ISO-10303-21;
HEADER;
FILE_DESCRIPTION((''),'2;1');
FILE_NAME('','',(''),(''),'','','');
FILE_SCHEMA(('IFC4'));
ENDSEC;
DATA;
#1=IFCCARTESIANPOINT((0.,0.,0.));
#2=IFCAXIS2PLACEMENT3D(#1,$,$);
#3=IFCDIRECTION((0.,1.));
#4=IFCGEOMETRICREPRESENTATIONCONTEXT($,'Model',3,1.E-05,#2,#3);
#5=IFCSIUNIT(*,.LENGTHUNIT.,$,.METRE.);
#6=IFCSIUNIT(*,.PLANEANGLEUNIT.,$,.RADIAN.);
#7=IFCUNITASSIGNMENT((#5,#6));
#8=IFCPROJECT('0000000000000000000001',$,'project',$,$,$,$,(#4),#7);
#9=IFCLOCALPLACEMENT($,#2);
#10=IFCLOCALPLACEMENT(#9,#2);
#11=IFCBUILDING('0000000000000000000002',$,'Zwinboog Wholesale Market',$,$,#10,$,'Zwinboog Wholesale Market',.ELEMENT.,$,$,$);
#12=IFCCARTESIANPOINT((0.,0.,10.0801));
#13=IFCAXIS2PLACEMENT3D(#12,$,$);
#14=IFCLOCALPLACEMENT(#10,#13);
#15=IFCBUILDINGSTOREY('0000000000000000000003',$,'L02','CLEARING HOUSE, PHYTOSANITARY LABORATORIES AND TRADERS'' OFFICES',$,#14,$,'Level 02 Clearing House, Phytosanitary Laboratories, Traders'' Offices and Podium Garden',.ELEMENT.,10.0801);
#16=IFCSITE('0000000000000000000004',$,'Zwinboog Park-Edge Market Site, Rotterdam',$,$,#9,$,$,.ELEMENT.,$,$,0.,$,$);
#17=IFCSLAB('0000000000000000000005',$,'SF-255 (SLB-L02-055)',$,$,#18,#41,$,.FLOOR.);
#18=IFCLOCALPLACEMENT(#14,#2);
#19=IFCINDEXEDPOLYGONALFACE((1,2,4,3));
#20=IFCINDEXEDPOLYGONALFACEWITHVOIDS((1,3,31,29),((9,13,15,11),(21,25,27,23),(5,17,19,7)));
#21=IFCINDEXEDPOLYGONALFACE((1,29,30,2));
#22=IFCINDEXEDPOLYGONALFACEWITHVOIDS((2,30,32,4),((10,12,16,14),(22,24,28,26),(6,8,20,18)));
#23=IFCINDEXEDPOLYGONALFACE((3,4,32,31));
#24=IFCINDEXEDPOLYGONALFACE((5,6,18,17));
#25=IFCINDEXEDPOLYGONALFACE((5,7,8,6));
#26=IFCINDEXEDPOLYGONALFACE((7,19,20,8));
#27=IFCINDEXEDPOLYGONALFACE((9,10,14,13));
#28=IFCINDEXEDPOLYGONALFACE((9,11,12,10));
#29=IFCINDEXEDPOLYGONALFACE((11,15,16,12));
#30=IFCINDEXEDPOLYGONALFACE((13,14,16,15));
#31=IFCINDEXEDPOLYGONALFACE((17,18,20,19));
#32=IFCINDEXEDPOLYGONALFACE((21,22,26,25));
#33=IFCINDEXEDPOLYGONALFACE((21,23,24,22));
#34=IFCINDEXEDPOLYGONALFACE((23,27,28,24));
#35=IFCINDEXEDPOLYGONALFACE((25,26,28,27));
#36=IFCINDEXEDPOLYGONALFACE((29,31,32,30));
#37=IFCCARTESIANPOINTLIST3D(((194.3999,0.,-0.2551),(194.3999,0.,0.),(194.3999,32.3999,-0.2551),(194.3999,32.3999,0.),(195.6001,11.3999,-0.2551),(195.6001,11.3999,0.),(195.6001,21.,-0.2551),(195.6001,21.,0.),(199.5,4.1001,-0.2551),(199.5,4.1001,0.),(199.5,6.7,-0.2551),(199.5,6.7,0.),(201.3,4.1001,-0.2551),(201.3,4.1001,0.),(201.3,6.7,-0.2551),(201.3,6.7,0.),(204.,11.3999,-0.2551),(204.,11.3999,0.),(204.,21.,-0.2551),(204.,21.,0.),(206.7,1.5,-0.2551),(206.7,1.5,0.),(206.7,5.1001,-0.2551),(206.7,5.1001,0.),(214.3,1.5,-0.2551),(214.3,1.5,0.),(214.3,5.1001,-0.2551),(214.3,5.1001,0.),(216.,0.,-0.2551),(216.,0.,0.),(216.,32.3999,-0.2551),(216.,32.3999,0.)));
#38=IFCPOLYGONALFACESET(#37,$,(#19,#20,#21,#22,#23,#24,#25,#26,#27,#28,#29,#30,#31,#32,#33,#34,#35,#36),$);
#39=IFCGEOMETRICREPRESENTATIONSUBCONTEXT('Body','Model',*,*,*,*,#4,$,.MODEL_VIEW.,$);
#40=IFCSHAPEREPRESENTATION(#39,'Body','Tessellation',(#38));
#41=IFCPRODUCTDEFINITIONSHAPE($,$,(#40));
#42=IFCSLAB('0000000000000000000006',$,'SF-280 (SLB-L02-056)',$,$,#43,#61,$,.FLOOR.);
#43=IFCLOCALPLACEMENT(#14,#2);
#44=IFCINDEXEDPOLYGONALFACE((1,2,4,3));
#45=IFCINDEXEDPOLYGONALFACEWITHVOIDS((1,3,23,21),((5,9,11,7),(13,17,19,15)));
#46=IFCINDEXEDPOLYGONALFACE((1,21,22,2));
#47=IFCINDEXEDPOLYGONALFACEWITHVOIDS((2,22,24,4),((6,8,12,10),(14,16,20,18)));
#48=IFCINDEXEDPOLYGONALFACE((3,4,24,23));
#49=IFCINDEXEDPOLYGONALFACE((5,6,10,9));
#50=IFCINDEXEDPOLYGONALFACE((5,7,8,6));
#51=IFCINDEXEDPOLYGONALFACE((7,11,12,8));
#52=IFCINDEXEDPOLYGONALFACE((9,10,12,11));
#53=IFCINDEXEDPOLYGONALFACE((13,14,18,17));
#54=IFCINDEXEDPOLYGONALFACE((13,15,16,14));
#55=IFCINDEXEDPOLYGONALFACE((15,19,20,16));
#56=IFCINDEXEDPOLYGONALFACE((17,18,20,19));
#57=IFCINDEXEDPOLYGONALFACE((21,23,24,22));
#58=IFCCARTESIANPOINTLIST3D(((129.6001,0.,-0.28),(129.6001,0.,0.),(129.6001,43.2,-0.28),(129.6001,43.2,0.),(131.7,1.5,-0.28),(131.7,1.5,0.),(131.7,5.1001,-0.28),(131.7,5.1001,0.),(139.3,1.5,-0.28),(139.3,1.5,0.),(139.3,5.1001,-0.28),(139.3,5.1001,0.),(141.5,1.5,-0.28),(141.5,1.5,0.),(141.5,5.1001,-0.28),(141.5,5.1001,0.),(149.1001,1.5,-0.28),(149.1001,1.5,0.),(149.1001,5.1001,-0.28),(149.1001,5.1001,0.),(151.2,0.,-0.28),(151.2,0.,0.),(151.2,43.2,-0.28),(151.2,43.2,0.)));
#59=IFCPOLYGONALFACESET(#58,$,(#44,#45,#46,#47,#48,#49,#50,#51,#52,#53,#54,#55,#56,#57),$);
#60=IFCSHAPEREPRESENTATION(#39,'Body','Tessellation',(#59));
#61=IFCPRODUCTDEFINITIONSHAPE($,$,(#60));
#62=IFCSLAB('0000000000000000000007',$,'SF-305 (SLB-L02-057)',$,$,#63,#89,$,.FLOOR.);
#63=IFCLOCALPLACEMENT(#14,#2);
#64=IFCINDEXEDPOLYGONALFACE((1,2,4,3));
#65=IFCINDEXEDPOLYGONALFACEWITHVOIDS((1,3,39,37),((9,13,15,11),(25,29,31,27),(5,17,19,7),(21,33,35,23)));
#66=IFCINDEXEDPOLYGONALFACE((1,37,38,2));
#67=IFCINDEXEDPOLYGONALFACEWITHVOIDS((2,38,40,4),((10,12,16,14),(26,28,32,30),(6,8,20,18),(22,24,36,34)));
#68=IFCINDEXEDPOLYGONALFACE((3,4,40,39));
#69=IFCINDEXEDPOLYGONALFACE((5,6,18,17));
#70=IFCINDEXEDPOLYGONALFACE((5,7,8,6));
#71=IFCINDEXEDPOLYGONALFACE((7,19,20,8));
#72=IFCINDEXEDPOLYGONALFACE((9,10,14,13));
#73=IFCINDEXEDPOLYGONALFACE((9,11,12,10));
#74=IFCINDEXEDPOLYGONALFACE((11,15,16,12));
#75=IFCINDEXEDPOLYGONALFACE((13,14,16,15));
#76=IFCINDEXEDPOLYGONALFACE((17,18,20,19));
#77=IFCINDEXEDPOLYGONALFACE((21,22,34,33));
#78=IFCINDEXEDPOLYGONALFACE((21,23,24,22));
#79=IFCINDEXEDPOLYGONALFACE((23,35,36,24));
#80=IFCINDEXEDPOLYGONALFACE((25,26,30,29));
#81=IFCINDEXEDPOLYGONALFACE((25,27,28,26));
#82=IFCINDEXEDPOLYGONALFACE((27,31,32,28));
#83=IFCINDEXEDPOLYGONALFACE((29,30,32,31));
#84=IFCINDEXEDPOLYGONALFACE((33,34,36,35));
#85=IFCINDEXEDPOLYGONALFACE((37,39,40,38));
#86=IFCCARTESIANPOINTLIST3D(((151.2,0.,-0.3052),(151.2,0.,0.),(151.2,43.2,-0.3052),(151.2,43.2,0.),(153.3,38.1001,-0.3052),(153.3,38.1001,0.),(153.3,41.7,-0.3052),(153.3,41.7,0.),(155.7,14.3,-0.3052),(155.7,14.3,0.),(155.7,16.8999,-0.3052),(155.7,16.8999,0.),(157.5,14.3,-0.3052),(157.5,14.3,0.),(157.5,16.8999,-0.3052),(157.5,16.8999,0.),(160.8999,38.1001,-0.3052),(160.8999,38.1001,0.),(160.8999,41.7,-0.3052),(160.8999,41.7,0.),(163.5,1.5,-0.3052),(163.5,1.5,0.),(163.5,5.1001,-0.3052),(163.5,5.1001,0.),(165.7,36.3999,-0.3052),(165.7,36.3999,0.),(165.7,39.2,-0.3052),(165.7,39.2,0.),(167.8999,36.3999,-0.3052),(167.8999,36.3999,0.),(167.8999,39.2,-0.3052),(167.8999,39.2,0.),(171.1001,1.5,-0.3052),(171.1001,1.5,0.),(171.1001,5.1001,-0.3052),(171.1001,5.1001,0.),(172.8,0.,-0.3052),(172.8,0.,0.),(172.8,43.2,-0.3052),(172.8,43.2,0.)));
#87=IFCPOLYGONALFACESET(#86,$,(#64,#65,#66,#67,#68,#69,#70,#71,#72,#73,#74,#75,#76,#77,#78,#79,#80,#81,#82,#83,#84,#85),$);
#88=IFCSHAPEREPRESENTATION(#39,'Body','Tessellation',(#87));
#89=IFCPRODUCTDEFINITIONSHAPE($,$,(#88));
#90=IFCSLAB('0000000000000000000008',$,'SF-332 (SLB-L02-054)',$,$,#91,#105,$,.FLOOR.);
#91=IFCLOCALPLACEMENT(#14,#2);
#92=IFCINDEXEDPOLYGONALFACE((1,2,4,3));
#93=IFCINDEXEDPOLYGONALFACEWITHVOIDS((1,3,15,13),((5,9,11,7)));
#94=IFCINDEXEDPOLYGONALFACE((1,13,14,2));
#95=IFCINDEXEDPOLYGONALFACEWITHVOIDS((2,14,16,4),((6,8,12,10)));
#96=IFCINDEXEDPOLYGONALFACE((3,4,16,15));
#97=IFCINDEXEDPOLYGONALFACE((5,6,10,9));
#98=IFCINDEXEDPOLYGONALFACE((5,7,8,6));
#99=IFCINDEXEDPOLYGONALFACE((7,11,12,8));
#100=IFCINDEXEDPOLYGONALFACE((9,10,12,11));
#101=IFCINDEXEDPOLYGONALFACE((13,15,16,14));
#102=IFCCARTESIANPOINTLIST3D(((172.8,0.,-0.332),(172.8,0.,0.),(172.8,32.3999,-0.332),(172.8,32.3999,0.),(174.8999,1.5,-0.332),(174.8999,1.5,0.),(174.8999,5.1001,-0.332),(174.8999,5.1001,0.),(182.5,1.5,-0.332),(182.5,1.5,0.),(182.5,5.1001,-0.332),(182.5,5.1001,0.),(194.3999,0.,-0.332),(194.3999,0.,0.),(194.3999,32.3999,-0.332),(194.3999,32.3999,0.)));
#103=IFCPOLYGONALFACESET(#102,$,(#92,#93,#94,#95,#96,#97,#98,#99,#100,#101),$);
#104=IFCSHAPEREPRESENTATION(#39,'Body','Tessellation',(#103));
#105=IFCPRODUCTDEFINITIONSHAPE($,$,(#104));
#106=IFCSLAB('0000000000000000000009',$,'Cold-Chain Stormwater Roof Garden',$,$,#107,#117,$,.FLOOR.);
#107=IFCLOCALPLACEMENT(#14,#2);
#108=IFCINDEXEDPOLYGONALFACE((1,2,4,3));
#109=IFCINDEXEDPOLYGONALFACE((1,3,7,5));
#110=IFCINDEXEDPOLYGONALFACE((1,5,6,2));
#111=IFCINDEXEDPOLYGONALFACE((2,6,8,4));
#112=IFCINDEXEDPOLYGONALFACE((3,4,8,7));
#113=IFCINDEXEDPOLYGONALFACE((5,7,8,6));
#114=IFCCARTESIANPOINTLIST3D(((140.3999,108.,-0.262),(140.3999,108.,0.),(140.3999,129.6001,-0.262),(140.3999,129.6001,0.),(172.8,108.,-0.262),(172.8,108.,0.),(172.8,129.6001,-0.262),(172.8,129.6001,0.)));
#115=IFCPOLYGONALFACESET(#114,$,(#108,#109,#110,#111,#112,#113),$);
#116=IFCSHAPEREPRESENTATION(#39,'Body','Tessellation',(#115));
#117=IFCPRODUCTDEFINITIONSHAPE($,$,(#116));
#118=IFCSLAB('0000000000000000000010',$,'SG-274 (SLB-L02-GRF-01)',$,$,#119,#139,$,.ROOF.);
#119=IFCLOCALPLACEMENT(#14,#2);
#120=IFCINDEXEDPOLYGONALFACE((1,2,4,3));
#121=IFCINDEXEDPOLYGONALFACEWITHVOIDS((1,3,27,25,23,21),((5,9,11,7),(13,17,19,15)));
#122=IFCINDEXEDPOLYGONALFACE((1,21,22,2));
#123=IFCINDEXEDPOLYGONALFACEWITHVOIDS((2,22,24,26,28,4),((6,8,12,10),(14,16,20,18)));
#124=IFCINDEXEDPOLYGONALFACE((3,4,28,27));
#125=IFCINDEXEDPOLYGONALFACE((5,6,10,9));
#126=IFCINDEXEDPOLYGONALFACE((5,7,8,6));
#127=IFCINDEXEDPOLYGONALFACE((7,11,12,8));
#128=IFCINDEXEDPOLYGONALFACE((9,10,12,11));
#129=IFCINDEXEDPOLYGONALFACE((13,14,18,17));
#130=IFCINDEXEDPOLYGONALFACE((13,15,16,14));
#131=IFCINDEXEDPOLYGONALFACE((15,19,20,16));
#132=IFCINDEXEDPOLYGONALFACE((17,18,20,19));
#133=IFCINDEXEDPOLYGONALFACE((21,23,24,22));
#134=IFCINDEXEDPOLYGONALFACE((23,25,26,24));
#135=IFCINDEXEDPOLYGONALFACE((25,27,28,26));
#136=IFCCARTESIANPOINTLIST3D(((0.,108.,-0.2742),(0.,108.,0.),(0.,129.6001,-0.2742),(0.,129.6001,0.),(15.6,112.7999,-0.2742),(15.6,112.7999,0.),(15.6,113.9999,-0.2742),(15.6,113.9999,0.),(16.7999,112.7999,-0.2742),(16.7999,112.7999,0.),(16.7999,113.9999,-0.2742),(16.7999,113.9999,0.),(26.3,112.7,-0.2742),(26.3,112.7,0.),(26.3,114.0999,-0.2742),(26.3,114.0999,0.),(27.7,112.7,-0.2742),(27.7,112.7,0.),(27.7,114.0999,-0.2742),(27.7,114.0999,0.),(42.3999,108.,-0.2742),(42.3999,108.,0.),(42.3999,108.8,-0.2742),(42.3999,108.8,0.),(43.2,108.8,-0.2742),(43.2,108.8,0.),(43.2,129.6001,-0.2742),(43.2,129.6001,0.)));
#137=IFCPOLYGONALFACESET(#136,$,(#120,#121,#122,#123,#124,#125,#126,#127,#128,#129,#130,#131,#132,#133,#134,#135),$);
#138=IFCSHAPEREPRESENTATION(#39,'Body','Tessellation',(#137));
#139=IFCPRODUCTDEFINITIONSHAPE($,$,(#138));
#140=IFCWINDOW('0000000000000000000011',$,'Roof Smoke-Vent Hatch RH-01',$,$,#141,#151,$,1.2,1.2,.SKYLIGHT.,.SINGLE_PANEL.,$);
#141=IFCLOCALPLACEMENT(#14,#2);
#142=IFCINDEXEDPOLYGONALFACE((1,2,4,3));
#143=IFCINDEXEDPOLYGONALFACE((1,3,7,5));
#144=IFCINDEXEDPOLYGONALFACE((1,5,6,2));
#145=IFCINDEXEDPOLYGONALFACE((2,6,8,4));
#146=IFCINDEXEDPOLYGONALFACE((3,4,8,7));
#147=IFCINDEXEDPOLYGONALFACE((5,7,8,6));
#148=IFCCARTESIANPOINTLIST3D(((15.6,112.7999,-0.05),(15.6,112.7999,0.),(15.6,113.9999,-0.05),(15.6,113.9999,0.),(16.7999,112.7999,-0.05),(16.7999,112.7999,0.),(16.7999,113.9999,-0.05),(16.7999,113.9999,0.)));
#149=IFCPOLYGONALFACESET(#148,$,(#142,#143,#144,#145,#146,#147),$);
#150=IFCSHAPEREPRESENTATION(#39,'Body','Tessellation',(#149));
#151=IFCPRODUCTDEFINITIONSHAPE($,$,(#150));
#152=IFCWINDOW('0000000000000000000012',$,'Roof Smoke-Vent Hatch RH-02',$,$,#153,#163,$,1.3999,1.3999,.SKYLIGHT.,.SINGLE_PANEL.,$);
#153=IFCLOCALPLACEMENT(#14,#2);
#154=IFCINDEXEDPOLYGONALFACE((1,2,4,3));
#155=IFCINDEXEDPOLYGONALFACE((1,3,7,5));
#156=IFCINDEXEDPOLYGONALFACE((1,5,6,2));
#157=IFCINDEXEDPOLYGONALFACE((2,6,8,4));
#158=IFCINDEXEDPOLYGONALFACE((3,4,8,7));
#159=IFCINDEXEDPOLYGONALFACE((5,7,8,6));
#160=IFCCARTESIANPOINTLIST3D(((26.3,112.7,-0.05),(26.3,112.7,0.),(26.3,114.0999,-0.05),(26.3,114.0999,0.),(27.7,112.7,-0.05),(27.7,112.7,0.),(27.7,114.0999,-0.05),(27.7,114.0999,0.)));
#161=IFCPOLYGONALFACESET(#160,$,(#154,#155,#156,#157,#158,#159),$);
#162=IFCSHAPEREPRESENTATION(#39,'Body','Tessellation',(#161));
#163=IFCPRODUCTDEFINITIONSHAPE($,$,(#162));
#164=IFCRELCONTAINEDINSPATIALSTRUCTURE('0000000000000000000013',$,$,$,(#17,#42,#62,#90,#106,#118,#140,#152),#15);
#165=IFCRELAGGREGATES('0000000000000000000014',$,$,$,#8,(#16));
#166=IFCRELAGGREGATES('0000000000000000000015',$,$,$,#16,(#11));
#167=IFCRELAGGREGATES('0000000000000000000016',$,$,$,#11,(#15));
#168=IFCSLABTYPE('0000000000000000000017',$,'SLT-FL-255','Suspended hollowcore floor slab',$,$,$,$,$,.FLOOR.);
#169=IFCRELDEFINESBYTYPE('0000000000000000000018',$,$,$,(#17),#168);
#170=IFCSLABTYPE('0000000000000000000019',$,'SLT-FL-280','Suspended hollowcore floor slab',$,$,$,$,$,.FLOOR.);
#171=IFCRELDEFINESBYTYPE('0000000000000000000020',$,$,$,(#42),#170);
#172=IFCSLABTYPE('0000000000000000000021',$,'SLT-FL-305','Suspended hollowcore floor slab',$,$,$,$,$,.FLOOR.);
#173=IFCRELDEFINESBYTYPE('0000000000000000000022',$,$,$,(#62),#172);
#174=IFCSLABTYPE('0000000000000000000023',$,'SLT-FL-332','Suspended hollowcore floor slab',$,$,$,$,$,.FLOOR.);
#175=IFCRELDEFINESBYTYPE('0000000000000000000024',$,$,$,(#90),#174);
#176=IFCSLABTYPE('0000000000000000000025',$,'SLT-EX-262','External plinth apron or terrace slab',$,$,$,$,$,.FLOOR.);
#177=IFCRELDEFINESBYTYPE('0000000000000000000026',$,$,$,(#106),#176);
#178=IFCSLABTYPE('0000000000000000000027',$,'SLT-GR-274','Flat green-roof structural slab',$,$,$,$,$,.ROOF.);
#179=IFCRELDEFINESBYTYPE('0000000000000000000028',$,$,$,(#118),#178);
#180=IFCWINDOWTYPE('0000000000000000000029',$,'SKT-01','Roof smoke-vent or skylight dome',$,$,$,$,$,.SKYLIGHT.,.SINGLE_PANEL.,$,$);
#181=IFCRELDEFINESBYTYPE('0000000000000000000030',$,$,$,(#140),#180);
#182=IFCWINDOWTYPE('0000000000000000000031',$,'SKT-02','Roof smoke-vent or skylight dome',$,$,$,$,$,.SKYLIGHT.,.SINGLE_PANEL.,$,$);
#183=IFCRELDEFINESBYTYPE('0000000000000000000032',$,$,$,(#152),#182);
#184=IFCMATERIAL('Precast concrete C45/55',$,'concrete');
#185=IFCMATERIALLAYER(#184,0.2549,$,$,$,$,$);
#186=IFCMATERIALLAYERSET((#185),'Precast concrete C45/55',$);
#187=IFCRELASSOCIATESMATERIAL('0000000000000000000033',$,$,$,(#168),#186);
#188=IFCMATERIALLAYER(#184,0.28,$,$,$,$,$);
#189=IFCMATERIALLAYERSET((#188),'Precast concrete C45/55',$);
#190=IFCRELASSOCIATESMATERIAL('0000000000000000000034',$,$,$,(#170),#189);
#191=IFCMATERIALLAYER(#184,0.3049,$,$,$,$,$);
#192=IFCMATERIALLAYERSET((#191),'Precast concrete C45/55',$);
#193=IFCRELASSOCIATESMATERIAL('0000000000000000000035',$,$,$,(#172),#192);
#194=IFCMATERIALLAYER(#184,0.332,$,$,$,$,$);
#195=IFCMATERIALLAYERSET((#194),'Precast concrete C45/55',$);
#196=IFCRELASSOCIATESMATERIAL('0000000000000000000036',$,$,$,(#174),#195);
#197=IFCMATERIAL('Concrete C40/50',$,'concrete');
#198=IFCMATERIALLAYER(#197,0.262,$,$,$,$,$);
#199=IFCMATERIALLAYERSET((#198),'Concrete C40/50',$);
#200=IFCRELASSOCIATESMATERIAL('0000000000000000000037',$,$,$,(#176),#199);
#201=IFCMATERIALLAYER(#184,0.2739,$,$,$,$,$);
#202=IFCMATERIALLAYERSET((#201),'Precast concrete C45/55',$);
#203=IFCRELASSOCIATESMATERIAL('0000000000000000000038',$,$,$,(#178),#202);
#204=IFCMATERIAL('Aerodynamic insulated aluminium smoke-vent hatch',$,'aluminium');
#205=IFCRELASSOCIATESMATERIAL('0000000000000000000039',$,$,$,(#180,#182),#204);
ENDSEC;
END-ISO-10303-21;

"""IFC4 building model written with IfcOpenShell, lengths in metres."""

from ifc_helpers import new_model, si_unit, direction, frame, origin, origin_2d, place, context, subcontext, project, spatial, polyline, rectangle, outline, extrude, material, layer, layer_set, type_object, element, fill, save


model = new_model("IFC4")

# Units and contexts
model_context = context("Model", 3, precision=1e-05, world=origin(), true_north=direction((0.0, 1.0)))
body_context = subcontext(model_context, "Body", "Model", "MODEL_VIEW")
ifc_project = project(units=[si_unit("LENGTHUNIT", "METRE"), si_unit("PLANEANGLEUNIT", "RADIAN")], contexts=[model_context])

# Site, building, storey
site_placement = place(None, origin())
site = spatial("IfcSite", under=ifc_project, at=site_placement, Name="Zwinboog Park-Edge Market Site, Rotterdam", CompositionType="ELEMENT", RefElevation=0.0)
building_placement = place(site_placement, origin())
building = spatial("IfcBuilding", under=site, at=building_placement, Name="Zwinboog Wholesale Market", LongName="Zwinboog Wholesale Market", CompositionType="ELEMENT")
storey_placement = place(building_placement, frame((0.0, 0.0, 10.0801)))
storey = spatial("IfcBuildingStorey", under=building, at=storey_placement, Name="L02", Description="CLEARING HOUSE, PHYTOSANITARY LABORATORIES AND TRADERS' OFFICES", LongName="Level 02 Clearing House, Phytosanitary Laboratories, Traders' Offices and Podium Garden", CompositionType="ELEMENT", Elevation=10.0801)

# Slabs
ifc_material_1 = material(Name="Precast concrete C45/55", Category="concrete")
ifc_layer_1 = layer(ifc_material_1, 0.2549)
ifc_layer_set_1 = layer_set([ifc_layer_1], Name="Precast concrete C45/55")
slab_type_1 = type_object("IfcSlabType", Name="SLT-FL-255", Description="Suspended hollowcore floor slab", PredefinedType="FLOOR", material=ifc_layer_set_1)
slab_1_placement = place(storey_placement, frame((0.0, 0.0, -0.2551)))
element("IfcSlab", 1, at=slab_1_placement, inside=storey, type_object=slab_type_1, Name="SF-255 (SLB-L02-055)", PredefinedType="FLOOR", context=body_context, shape_type="SweptSolid", body=[
    extrude(outline(polyline([(194.3999, 0.0), (216.0, 0.0), (216.0, 32.3999), (194.3999, 32.3999), (194.3999, 0.0)]), holes=[polyline([(195.6001, 11.3999), (204.0, 11.3999), (204.0, 21.0), (195.6001, 21.0), (195.6001, 11.3999)]), polyline([(206.7, 1.5), (214.3, 1.5), (214.3, 5.1001), (206.7, 5.1001), (206.7, 1.5)]), polyline([(199.5, 4.1001), (201.3, 4.1001), (201.3, 6.7), (199.5, 6.7), (199.5, 4.1001)])]), origin(), (0.0, 0.0, 1.0), 0.2551),
])
ifc_layer_2 = layer(ifc_material_1, 0.28)
ifc_layer_set_2 = layer_set([ifc_layer_2], Name="Precast concrete C45/55")
slab_type_2 = type_object("IfcSlabType", Name="SLT-FL-280", Description="Suspended hollowcore floor slab", PredefinedType="FLOOR", material=ifc_layer_set_2)
slab_2_placement = place(storey_placement, frame((0.0, 0.0, -0.28)))
element("IfcSlab", 2, at=slab_2_placement, inside=storey, type_object=slab_type_2, Name="SF-280 (SLB-L02-056)", PredefinedType="FLOOR", context=body_context, shape_type="SweptSolid", body=[
    extrude(outline(polyline([(129.6001, 0.0), (151.2, 0.0), (151.2, 43.2), (129.6001, 43.2), (129.6001, 0.0)]), holes=[polyline([(131.7, 1.5), (139.3, 1.5), (139.3, 5.1001), (131.7, 5.1001), (131.7, 1.5)]), polyline([(141.5, 1.5), (149.1001, 1.5), (149.1001, 5.1001), (141.5, 5.1001), (141.5, 1.5)])]), origin(), (0.0, 0.0, 1.0), 0.28),
])
ifc_layer_3 = layer(ifc_material_1, 0.3049)
ifc_layer_set_3 = layer_set([ifc_layer_3], Name="Precast concrete C45/55")
slab_type_3 = type_object("IfcSlabType", Name="SLT-FL-305", Description="Suspended hollowcore floor slab", PredefinedType="FLOOR", material=ifc_layer_set_3)
slab_3_placement = place(storey_placement, frame((0.0, 0.0, -0.3052)))
element("IfcSlab", 3, at=slab_3_placement, inside=storey, type_object=slab_type_3, Name="SF-305 (SLB-L02-057)", PredefinedType="FLOOR", context=body_context, shape_type="SweptSolid", body=[
    extrude(outline(polyline([(151.2, 0.0), (172.8, 0.0), (172.8, 43.2), (151.2, 43.2), (151.2, 0.0)]), holes=[polyline([(163.5, 1.5), (171.1001, 1.5), (171.1001, 5.1001), (163.5, 5.1001), (163.5, 1.5)]), polyline([(153.3, 38.1001), (160.8999, 38.1001), (160.8999, 41.7), (153.3, 41.7), (153.3, 38.1001)]), polyline([(155.7, 14.3), (157.5, 14.3), (157.5, 16.8999), (155.7, 16.8999), (155.7, 14.3)]), polyline([(165.7, 36.3999), (167.8999, 36.3999), (167.8999, 39.2), (165.7, 39.2), (165.7, 36.3999)])]), origin(), (0.0, 0.0, 1.0), 0.3052),
])
ifc_layer_4 = layer(ifc_material_1, 0.332)
ifc_layer_set_4 = layer_set([ifc_layer_4], Name="Precast concrete C45/55")
slab_type_4 = type_object("IfcSlabType", Name="SLT-FL-332", Description="Suspended hollowcore floor slab", PredefinedType="FLOOR", material=ifc_layer_set_4)
slab_4_placement = place(storey_placement, frame((0.0, 0.0, -0.332)))
element("IfcSlab", 4, at=slab_4_placement, inside=storey, type_object=slab_type_4, Name="SF-332 (SLB-L02-054)", PredefinedType="FLOOR", context=body_context, shape_type="SweptSolid", body=[
    extrude(outline(polyline([(172.8, 0.0), (194.3999, 0.0), (194.3999, 32.3999), (172.8, 32.3999), (172.8, 0.0)]), holes=[polyline([(174.8999, 1.5), (182.5, 1.5), (182.5, 5.1001), (174.8999, 5.1001), (174.8999, 1.5)])]), origin(), (0.0, 0.0, 1.0), 0.332),
])
ifc_material_2 = material(Name="Concrete C40/50", Category="concrete")
ifc_layer_5 = layer(ifc_material_2, 0.262)
ifc_layer_set_5 = layer_set([ifc_layer_5], Name="Concrete C40/50")
slab_type_5 = type_object("IfcSlabType", Name="SLT-EX-262", Description="External plinth apron or terrace slab", PredefinedType="FLOOR", material=ifc_layer_set_5)
slab_5_placement = place(storey_placement, frame((0.0, 0.0, -0.262)))
element("IfcSlab", 5, at=slab_5_placement, inside=storey, type_object=slab_type_5, Name="Cold-Chain Stormwater Roof Garden", PredefinedType="FLOOR", context=body_context, shape_type="SweptSolid", body=[
    extrude(outline(polyline([(140.3999, 108.0), (172.8, 108.0), (172.8, 129.6001), (140.3999, 129.6001), (140.3999, 108.0)])), origin(), (0.0, 0.0, 1.0), 0.262),
])

# Slab, openings, windows
ifc_layer_6 = layer(ifc_material_1, 0.2739)
ifc_layer_set_6 = layer_set([ifc_layer_6], Name="Precast concrete C45/55")
slab_type_6 = type_object("IfcSlabType", Name="SLT-GR-274", Description="Flat green-roof structural slab", PredefinedType="ROOF", material=ifc_layer_set_6)
slab_6_placement = place(storey_placement, frame((0.0, 0.0, -0.2742)))
slab_6 = element("IfcSlab", 6, at=slab_6_placement, inside=storey, type_object=slab_type_6, Name="SG-274 (SLB-L02-GRF-01)", PredefinedType="ROOF", context=body_context, shape_type="SweptSolid", body=[
    extrude(outline(polyline([(0.0, 108.0), (42.3999, 108.0), (42.3999, 108.8), (43.2, 108.8), (43.2, 129.6001), (0.0, 129.6001), (0.0, 108.0)])), origin(), (0.0, 0.0, 1.0), 0.2742),
])
opening_1_placement = place(slab_6_placement, frame((16.2, 113.3999, 0.0)))
opening_1 = element("IfcOpeningElement", 7, at=opening_1_placement, cuts=slab_6, PredefinedType="OPENING", context=body_context, shape_type="SweptSolid", body=[
    extrude(rectangle(XDim=1.2, YDim=1.2, at=origin_2d()), frame((0.0, 0.0, -0.01)), (0.0, 0.0, 1.0), 0.2942),
])
opening_2_placement = place(slab_6_placement, frame((27.0, 113.3999, 0.0)))
opening_2 = element("IfcOpeningElement", 8, at=opening_2_placement, cuts=slab_6, PredefinedType="OPENING", context=body_context, shape_type="SweptSolid", body=[
    extrude(rectangle(XDim=1.3999, YDim=1.3999, at=origin_2d()), frame((0.0, 0.0, -0.01)), (0.0, 0.0, 1.0), 0.2942),
])
ifc_material_3 = material(Name="Aerodynamic insulated aluminium smoke-vent hatch", Category="aluminium")
window_type_1 = type_object("IfcWindowType", Name="SKT-01", Description="Roof smoke-vent or skylight dome", PartitioningType="SINGLE_PANEL", PredefinedType="SKYLIGHT", material=ifc_material_3)
window_1_placement = place(opening_1_placement, frame((0.0, 0.0, 0.2241)))
window_1 = element("IfcWindow", 9, at=window_1_placement, inside=storey, type_object=window_type_1, Name="Roof Smoke-Vent Hatch RH-01", OverallHeight=1.2, OverallWidth=1.2, PartitioningType="SINGLE_PANEL", PredefinedType="SKYLIGHT", context=body_context, shape_type="SweptSolid", body=[
    extrude(rectangle(XDim=1.2, YDim=1.2, at=origin_2d()), origin(), (0.0, 0.0, 1.0), 0.05),
])
fill(opening_1, window_1)
window_type_2 = type_object("IfcWindowType", Name="SKT-02", Description="Roof smoke-vent or skylight dome", PartitioningType="SINGLE_PANEL", PredefinedType="SKYLIGHT", material=ifc_material_3)
window_2_placement = place(opening_2_placement, frame((0.0, 0.0, 0.2241)))
window_2 = element("IfcWindow", 10, at=window_2_placement, inside=storey, type_object=window_type_2, Name="Roof Smoke-Vent Hatch RH-02", OverallHeight=1.3999, OverallWidth=1.3999, PartitioningType="SINGLE_PANEL", PredefinedType="SKYLIGHT", context=body_context, shape_type="SweptSolid", body=[
    extrude(rectangle(XDim=1.3999, YDim=1.3999, at=origin_2d()), origin(), (0.0, 0.0, 1.0), 0.05),
])
fill(opening_2, window_2)

save(model, "model.ifc")
